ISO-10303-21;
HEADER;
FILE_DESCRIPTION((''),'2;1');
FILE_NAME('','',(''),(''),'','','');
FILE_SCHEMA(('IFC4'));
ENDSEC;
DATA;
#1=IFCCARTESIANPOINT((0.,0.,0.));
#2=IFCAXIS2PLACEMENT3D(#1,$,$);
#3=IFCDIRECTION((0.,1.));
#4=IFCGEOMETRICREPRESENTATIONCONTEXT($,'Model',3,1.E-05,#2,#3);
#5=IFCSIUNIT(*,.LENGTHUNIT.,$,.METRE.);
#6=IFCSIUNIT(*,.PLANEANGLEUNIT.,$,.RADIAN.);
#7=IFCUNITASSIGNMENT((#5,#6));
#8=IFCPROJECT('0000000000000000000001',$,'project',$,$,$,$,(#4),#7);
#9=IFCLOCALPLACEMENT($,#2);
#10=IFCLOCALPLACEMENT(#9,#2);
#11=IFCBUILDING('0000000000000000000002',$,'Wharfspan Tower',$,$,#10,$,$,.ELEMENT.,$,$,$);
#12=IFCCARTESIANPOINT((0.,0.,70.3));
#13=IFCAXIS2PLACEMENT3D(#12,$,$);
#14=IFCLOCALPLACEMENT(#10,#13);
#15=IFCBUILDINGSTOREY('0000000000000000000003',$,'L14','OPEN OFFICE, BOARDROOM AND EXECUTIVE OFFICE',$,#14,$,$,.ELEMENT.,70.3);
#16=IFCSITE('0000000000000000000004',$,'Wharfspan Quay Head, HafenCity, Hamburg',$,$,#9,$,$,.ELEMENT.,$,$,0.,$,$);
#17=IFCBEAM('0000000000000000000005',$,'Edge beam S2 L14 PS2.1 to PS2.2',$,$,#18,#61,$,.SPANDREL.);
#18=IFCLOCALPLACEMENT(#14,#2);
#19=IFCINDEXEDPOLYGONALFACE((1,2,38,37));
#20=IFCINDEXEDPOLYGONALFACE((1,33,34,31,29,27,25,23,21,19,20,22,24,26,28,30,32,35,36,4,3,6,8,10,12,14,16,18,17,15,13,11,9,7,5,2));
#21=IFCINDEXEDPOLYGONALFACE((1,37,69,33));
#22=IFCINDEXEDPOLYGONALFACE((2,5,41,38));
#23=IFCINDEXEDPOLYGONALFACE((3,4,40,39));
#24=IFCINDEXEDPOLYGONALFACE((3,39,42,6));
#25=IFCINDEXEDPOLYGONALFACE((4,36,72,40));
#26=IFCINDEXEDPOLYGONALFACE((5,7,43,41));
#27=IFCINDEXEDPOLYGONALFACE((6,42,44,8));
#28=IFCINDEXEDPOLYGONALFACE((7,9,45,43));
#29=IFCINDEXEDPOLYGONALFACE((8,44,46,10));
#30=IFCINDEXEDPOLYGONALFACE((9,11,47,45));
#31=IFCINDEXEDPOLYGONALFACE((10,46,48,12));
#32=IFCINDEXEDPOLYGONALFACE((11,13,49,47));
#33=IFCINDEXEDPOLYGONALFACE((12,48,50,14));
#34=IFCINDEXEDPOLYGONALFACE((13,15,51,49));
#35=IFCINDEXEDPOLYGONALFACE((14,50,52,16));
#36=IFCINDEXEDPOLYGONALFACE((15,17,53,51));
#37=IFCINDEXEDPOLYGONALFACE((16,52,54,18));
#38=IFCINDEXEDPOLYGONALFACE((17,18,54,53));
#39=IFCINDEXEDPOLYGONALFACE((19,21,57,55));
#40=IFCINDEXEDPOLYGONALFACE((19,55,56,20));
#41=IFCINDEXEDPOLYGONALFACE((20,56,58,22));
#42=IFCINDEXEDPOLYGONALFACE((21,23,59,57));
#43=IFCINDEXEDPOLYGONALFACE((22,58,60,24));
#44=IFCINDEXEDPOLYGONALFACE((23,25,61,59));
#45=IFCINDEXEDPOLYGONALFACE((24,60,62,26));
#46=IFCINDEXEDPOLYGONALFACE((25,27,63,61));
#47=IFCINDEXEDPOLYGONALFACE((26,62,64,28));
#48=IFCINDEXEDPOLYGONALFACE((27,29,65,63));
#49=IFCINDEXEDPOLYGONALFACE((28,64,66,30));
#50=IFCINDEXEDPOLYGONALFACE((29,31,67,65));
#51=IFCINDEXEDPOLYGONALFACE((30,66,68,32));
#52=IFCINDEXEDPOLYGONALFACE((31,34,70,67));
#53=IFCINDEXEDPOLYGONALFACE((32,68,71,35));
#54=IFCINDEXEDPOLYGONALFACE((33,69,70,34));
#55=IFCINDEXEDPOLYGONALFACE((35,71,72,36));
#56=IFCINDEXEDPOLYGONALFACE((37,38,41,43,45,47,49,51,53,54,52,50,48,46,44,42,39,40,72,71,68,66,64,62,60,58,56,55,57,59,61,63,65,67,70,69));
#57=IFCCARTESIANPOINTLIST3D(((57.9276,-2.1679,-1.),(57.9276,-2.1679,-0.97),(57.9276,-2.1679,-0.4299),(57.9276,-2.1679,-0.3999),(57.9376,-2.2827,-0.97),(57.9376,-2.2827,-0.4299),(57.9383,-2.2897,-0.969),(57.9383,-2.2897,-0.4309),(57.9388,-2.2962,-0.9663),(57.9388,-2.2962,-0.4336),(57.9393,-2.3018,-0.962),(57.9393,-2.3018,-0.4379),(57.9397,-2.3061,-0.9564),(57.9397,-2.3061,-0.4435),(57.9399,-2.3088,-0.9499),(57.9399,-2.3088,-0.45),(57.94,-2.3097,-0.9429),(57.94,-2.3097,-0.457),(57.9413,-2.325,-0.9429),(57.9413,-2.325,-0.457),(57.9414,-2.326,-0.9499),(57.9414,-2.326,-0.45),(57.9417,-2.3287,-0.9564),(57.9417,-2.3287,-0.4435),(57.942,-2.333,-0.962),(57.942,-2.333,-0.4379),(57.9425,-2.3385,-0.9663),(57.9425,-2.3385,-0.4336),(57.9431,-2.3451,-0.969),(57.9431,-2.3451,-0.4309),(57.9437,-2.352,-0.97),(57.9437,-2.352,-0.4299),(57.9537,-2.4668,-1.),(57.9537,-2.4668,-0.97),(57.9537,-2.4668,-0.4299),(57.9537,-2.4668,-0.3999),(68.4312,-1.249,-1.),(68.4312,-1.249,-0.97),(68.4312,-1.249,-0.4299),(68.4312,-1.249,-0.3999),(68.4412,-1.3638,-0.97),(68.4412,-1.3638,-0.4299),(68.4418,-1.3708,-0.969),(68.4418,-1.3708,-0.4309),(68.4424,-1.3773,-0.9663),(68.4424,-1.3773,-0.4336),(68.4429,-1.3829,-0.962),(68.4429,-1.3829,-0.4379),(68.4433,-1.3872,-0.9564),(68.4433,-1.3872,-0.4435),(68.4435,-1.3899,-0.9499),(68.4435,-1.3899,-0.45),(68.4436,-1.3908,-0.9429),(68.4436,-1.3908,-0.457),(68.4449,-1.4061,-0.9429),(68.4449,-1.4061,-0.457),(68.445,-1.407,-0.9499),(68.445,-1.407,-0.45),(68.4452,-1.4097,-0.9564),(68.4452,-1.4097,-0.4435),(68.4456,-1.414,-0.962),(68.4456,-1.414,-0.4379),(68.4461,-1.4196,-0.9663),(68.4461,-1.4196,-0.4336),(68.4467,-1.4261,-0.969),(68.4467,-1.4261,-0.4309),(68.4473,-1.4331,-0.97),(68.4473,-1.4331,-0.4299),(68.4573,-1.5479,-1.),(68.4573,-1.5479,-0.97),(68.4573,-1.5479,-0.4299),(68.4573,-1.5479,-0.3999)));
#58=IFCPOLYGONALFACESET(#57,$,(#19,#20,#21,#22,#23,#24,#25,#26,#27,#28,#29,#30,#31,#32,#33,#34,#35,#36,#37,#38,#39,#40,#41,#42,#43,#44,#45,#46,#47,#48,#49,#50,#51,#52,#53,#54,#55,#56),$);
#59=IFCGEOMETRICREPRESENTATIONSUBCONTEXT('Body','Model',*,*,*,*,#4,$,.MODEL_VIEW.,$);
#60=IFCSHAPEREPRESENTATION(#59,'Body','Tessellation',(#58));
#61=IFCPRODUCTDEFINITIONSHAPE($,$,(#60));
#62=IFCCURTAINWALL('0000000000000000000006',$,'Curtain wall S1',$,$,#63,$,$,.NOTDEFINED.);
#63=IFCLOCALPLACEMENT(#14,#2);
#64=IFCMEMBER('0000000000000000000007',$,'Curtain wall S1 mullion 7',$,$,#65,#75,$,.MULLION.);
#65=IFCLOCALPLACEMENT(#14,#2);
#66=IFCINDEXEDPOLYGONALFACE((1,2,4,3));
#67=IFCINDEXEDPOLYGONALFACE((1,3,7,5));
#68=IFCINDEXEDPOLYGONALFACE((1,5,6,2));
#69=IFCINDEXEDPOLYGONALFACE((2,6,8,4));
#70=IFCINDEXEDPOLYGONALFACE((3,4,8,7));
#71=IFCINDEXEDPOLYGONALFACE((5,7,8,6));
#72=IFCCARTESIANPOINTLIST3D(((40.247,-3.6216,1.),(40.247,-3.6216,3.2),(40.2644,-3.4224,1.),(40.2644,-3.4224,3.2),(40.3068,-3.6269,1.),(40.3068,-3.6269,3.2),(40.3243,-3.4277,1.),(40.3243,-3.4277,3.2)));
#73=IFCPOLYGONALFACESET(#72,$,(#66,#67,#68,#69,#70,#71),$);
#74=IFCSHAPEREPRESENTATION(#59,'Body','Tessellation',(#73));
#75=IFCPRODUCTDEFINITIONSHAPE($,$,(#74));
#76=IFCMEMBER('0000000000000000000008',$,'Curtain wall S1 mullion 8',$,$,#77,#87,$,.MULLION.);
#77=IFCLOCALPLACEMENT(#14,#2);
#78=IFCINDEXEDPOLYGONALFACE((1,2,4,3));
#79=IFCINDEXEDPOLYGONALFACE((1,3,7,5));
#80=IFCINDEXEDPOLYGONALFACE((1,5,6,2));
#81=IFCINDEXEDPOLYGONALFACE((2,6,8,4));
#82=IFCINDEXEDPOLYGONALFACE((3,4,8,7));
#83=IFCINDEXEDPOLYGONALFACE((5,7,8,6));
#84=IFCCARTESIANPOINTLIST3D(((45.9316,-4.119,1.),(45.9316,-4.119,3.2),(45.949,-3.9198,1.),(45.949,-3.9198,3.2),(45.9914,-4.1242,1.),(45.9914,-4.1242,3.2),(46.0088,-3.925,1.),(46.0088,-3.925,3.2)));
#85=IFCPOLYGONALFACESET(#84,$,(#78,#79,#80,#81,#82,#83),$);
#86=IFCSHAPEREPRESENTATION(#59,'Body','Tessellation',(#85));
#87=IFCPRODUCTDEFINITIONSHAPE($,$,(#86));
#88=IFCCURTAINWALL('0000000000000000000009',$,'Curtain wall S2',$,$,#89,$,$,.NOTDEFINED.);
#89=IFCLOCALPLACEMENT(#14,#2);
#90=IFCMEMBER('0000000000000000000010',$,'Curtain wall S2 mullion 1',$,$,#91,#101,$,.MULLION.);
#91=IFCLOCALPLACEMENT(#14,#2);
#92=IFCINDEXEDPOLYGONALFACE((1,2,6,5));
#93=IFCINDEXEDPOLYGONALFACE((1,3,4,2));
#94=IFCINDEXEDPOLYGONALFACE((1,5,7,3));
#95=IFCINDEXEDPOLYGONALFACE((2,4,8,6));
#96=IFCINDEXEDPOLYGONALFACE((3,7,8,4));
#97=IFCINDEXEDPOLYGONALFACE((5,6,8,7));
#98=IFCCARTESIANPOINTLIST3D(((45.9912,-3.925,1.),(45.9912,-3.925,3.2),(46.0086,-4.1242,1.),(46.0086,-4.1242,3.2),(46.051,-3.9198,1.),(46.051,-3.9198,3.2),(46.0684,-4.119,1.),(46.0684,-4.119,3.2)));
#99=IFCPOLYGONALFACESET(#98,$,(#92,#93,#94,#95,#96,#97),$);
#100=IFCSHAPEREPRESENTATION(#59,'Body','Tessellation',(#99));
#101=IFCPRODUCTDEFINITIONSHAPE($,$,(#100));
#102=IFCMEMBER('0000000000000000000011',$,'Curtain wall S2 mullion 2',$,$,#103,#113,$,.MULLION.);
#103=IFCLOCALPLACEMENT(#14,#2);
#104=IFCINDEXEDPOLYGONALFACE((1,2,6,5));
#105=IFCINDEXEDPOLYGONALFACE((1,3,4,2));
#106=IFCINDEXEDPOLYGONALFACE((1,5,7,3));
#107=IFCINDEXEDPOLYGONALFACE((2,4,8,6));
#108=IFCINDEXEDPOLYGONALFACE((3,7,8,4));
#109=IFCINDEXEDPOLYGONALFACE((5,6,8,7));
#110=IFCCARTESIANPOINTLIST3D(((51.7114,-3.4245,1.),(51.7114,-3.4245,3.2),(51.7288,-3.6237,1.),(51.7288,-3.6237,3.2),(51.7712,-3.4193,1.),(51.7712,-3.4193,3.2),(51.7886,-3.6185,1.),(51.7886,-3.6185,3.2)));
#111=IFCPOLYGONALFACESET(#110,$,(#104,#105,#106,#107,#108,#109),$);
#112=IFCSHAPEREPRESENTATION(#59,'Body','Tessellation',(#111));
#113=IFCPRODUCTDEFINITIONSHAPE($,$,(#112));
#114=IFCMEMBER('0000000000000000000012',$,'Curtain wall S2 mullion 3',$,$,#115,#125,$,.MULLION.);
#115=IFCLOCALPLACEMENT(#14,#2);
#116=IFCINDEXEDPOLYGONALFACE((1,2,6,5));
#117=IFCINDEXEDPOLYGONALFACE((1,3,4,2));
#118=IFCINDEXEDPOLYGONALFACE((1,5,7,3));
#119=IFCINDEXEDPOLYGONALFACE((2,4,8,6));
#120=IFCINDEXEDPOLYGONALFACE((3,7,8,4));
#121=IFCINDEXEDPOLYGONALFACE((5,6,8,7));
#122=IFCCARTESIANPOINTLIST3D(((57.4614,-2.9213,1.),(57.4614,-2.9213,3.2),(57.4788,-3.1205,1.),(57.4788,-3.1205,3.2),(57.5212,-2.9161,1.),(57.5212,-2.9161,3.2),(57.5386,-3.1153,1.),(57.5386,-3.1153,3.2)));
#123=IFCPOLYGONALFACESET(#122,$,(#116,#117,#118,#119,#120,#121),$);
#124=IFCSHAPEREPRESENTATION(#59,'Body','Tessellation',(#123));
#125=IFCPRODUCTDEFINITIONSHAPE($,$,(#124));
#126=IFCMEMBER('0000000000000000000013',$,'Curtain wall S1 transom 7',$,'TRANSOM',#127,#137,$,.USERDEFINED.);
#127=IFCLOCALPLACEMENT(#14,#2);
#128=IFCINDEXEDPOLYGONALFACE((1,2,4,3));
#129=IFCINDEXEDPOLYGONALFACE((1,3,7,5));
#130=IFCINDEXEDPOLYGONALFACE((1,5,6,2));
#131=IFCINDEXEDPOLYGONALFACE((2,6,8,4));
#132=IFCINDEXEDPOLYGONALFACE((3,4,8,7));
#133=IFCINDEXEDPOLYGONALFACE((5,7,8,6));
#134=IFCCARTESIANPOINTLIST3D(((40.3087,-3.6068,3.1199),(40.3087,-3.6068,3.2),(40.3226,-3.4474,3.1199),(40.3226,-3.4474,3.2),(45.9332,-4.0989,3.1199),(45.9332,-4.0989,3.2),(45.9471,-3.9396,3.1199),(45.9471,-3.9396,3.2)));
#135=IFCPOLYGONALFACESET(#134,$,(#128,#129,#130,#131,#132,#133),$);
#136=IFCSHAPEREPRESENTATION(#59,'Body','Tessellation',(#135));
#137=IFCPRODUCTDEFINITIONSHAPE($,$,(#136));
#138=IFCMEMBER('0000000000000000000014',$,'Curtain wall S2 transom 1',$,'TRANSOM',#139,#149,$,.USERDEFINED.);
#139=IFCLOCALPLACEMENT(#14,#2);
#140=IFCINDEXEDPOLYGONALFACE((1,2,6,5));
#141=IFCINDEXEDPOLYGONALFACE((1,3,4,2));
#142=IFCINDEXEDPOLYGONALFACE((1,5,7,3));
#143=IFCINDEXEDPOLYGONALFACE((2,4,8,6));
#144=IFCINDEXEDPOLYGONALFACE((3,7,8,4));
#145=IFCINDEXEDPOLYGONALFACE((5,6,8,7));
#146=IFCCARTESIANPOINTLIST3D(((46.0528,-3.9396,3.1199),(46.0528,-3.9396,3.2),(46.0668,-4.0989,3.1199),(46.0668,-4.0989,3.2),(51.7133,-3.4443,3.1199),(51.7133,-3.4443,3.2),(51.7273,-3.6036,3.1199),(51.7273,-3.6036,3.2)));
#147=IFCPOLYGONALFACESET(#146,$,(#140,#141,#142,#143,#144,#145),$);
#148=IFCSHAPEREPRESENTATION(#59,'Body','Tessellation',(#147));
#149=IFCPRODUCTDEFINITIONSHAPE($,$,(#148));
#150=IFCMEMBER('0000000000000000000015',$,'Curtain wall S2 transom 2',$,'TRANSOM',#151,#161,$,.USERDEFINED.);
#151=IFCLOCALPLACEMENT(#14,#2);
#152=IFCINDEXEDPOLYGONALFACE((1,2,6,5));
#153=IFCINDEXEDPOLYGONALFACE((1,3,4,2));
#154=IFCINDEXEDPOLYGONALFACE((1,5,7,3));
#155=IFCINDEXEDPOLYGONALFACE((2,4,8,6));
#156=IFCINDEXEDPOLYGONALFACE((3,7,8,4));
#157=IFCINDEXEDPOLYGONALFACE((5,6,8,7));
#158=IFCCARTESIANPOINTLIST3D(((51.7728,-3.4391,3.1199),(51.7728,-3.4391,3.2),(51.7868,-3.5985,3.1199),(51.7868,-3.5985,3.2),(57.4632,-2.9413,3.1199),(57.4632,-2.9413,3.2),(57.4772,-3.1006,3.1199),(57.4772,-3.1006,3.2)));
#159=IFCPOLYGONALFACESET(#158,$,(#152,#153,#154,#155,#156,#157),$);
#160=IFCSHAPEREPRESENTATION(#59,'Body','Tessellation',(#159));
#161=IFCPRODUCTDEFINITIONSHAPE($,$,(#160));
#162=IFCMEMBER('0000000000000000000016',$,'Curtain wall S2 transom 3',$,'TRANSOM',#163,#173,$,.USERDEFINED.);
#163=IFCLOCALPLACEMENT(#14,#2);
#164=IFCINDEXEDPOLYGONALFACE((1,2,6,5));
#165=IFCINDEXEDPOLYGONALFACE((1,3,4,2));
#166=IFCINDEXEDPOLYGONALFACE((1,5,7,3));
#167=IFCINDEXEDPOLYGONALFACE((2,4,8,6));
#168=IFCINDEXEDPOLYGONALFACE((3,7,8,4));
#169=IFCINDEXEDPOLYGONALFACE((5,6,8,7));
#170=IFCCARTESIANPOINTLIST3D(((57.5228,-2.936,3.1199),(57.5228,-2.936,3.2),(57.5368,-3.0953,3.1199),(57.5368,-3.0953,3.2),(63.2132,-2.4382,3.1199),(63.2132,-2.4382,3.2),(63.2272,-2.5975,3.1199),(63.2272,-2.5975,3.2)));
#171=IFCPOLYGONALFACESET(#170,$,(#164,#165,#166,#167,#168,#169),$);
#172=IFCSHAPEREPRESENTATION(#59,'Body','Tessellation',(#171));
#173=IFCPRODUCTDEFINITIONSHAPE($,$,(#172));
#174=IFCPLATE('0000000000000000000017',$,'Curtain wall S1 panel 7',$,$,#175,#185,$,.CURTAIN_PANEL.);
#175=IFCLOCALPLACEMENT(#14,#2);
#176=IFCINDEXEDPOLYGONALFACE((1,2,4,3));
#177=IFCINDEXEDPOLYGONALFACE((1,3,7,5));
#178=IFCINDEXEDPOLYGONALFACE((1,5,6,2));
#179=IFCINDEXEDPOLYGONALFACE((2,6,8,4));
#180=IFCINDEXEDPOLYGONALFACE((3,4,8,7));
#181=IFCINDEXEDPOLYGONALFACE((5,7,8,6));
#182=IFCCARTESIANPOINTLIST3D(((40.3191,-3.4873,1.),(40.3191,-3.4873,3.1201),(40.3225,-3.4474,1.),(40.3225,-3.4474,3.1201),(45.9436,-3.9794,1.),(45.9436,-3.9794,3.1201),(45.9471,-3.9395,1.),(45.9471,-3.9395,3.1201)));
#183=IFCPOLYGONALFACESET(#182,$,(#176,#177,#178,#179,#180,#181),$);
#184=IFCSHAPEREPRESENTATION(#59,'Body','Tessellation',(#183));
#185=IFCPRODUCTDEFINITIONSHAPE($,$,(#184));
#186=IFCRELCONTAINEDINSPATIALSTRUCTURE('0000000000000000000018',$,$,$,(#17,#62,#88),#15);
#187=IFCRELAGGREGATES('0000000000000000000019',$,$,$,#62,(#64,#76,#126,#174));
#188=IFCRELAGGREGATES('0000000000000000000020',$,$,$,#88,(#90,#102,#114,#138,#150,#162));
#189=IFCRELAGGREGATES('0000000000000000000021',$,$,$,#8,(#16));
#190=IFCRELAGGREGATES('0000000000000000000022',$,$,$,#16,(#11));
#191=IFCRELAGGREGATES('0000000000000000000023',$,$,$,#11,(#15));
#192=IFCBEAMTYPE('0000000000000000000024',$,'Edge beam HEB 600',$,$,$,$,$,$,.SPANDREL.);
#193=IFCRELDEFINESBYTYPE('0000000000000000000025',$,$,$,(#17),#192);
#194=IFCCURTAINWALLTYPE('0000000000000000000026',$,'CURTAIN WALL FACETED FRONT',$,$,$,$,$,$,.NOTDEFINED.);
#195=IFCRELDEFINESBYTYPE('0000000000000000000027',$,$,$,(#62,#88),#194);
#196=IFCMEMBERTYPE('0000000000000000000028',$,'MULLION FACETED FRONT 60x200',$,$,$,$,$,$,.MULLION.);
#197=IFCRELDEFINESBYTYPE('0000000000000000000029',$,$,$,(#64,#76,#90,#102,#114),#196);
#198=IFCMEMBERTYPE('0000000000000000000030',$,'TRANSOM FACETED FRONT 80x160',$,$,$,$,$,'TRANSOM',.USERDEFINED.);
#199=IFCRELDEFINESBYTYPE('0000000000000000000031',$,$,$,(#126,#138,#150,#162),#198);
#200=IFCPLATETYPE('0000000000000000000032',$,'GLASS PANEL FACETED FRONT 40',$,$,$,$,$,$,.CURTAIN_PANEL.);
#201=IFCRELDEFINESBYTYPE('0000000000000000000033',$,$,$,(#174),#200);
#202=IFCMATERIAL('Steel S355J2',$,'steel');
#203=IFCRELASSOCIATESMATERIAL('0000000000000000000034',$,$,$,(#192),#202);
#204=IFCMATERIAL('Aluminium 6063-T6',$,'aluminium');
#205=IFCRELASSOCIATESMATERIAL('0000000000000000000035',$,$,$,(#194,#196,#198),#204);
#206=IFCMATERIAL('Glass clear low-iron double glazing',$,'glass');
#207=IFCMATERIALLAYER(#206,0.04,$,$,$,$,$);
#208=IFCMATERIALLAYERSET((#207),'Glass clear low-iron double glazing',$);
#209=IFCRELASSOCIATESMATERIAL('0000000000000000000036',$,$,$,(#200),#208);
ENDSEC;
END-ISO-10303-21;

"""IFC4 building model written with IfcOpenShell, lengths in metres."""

from ifc_helpers import new_model, si_unit, direction, frame, origin, origin_2d, place, context, subcontext, project, spatial, rectangle, i_section, extrude, material, layer, layer_set, material_profile, profile_set, type_object, element, aggregate, save


model = new_model("IFC4")

# Units and contexts
model_context = context("Model", 3, precision=1e-05, world=origin(), true_north=direction((0.0, 1.0)))
body_context = subcontext(model_context, "Body", "Model", "MODEL_VIEW")
ifc_project = project(units=[si_unit("LENGTHUNIT", "METRE"), si_unit("PLANEANGLEUNIT", "RADIAN")], contexts=[model_context])

# Site, building, storey
site_placement = place(None, origin())
site = spatial("IfcSite", under=ifc_project, at=site_placement, Name="Wharfspan Quay Head, HafenCity, Hamburg", CompositionType="ELEMENT", RefElevation=0.0)
building_placement = place(site_placement, origin())
building = spatial("IfcBuilding", under=site, at=building_placement, Name="Wharfspan Tower", CompositionType="ELEMENT")
storey_placement = place(building_placement, frame((0.0, 0.0, 70.3)))
storey = spatial("IfcBuildingStorey", under=building, at=storey_placement, Name="L14", Description="OPEN OFFICE, BOARDROOM AND EXECUTIVE OFFICE", CompositionType="ELEMENT", Elevation=70.3)

# Shared definitions
ifc_material_1 = material(Name="Steel S355J2", Category="steel")

# Beam
ifc_material_profile_1 = material_profile(ifc_material_1, i_section(OverallWidth=0.3, OverallDepth=0.6001, WebThickness=0.0154, FlangeThickness=0.03, FilletRadius=0.0271, at=origin_2d()))
ifc_profile_set_1 = profile_set([ifc_material_profile_1], Name="Steel S355J2")
beam_type = type_object("IfcBeamType", Name="Edge beam HEB 600", PredefinedType="SPANDREL", material=ifc_profile_set_1)
beam_1_placement = place(storey_placement, frame((57.9407, -2.3174, -0.7), z_axis=(0.996195, 0.087155, 0.0), x_axis=(-0.087155, 0.996195, 0.0)))
element("IfcBeam", 1, at=beam_1_placement, inside=storey, type_object=beam_type, Name="Edge beam S2 L14 PS2.1 to PS2.2", PredefinedType="SPANDREL", context=body_context, shape_type="SweptSolid", body=[
    extrude(i_section(OverallWidth=0.3, OverallDepth=0.6001, WebThickness=0.0154, FlangeThickness=0.03, FilletRadius=0.0271, at=origin_2d()), origin(), (0.0, 0.0, 1.0), 10.5437),
])

# Curtain walls, members
ifc_material_2 = material(Name="Aluminium 6063-T6", Category="aluminium")
curtain_wall_type = type_object("IfcCurtainWallType", Name="CURTAIN WALL FACETED FRONT", PredefinedType="NOTDEFINED", material=ifc_material_2)
curtain_wall_1_placement = place(storey_placement, origin())
curtain_wall_1 = element("IfcCurtainWall", 2, at=curtain_wall_1_placement, inside=storey, type_object=curtain_wall_type, Name="Curtain wall S1", PredefinedType="NOTDEFINED")
ifc_material_profile_2 = material_profile(ifc_material_2, rectangle(XDim=0.2, YDim=0.0601, at=origin_2d()))
ifc_profile_set_2 = profile_set([ifc_material_profile_2], Name="Aluminium 6063-T6")
member_type_1 = type_object("IfcMemberType", Name="MULLION FACETED FRONT 60x200", PredefinedType="MULLION", material=ifc_profile_set_2)
member_1_placement = place(storey_placement, frame((40.2856, -3.5247, 1.0), z_axis=(0.0, 0.0, 1.0), x_axis=(0.087156, 0.996197, 0.0)))
member_1 = element("IfcMember", 3, at=member_1_placement, type_object=member_type_1, Name="Curtain wall S1 mullion 7", PredefinedType="MULLION", context=body_context, shape_type="SweptSolid", body=[
    extrude(rectangle(XDim=0.2, YDim=0.0601, at=origin_2d()), origin(), (0.0, 0.0, 1.0), 2.2),
])
member_2_placement = place(storey_placement, frame((45.9702, -4.022, 1.0), z_axis=(0.0, 0.0, 1.0), x_axis=(0.087156, 0.996197, 0.0)))
member_2 = element("IfcMember", 4, at=member_2_placement, type_object=member_type_1, Name="Curtain wall S1 mullion 8", PredefinedType="MULLION", context=body_context, shape_type="SweptSolid", body=[
    extrude(rectangle(XDim=0.2, YDim=0.0601, at=origin_2d()), origin(), (0.0, 0.0, 1.0), 2.2),
])
curtain_wall_2_placement = place(storey_placement, origin())
curtain_wall_2 = element("IfcCurtainWall", 5, at=curtain_wall_2_placement, inside=storey, type_object=curtain_wall_type, Name="Curtain wall S2", PredefinedType="NOTDEFINED")
member_3_placement = place(storey_placement, frame((46.0298, -4.022, 1.0), z_axis=(0.0, 0.0, 1.0), x_axis=(-0.087156, 0.996197, 0.0)))
member_3 = element("IfcMember", 6, at=member_3_placement, type_object=member_type_1, Name="Curtain wall S2 mullion 1", PredefinedType="MULLION", context=body_context, shape_type="SweptSolid", body=[
    extrude(rectangle(XDim=0.2, YDim=0.0601, at=origin_2d()), origin(), (0.0, 0.0, 1.0), 2.2),
])
member_4_placement = place(storey_placement, frame((51.75, -3.5215, 1.0), z_axis=(0.0, 0.0, 1.0), x_axis=(-0.087156, 0.996197, 0.0)))
member_4 = element("IfcMember", 7, at=member_4_placement, type_object=member_type_1, Name="Curtain wall S2 mullion 2", PredefinedType="MULLION", context=body_context, shape_type="SweptSolid", body=[
    extrude(rectangle(XDim=0.2, YDim=0.0601, at=origin_2d()), origin(), (0.0, 0.0, 1.0), 2.2),
])
member_5_placement = place(storey_placement, frame((57.5, -3.0183, 1.0), z_axis=(0.0, 0.0, 1.0), x_axis=(-0.087156, 0.996197, 0.0)))
member_5 = element("IfcMember", 8, at=member_5_placement, type_object=member_type_1, Name="Curtain wall S2 mullion 3", PredefinedType="MULLION", context=body_context, shape_type="SweptSolid", body=[
    extrude(rectangle(XDim=0.2, YDim=0.0601, at=origin_2d()), origin(), (0.0, 0.0, 1.0), 2.2),
])

# Members
ifc_material_profile_3 = material_profile(ifc_material_2, rectangle(XDim=0.1599, YDim=0.0801, at=origin_2d()))
ifc_profile_set_3 = profile_set([ifc_material_profile_3], Name="Aluminium 6063-T6")
member_type_2 = type_object("IfcMemberType", Name="TRANSOM FACETED FRONT 80x160", ElementType="TRANSOM", PredefinedType="USERDEFINED", material=ifc_profile_set_3)
member_6_placement = place(storey_placement, frame((40.3157, -3.5271, 3.1599), z_axis=(0.996193, -0.087174, 0.0), x_axis=(0.087174, 0.996193, 0.0)))
member_6 = element("IfcMember", 9, at=member_6_placement, type_object=member_type_2, Name="Curtain wall S1 transom 7", ObjectType="TRANSOM", PredefinedType="USERDEFINED", context=body_context, shape_type="SweptSolid", body=[
    extrude(rectangle(XDim=0.1599, YDim=0.0801, at=origin_2d()), origin(), (0.0, 0.0, 1.0), 5.646),
])
member_7_placement = place(storey_placement, frame((46.0598, -4.0193, 3.1599), z_axis=(0.996193, 0.08718, 0.0), x_axis=(-0.08718, 0.996193, 0.0)))
member_7 = element("IfcMember", 10, at=member_7_placement, type_object=member_type_2, Name="Curtain wall S2 transom 1", ObjectType="TRANSOM", PredefinedType="USERDEFINED", context=body_context, shape_type="SweptSolid", body=[
    extrude(rectangle(XDim=0.1599, YDim=0.0801, at=origin_2d()), origin(), (0.0, 0.0, 1.0), 5.6821),
])
member_8_placement = place(storey_placement, frame((51.7798, -3.5188, 3.1599), z_axis=(0.996195, 0.087148, 0.0), x_axis=(-0.087148, 0.996195, 0.0)))
member_8 = element("IfcMember", 11, at=member_8_placement, type_object=member_type_2, Name="Curtain wall S2 transom 2", ObjectType="TRANSOM", PredefinedType="USERDEFINED", context=body_context, shape_type="SweptSolid", body=[
    extrude(rectangle(XDim=0.1599, YDim=0.0801, at=origin_2d()), origin(), (0.0, 0.0, 1.0), 5.7122),
])
member_9_placement = place(storey_placement, frame((57.5298, -3.0156, 3.1599), z_axis=(0.996195, 0.087148, 0.0), x_axis=(-0.087148, 0.996195, 0.0)))
member_9 = element("IfcMember", 12, at=member_9_placement, type_object=member_type_2, Name="Curtain wall S2 transom 3", ObjectType="TRANSOM", PredefinedType="USERDEFINED", context=body_context, shape_type="SweptSolid", body=[
    extrude(rectangle(XDim=0.1599, YDim=0.0801, at=origin_2d()), origin(), (0.0, 0.0, 1.0), 5.7122),
])

# Plate
ifc_material_3 = material(Name="Glass clear low-iron double glazing", Category="glass")
ifc_layer_1 = layer(ifc_material_3, 0.04)
ifc_layer_set_1 = layer_set([ifc_layer_1], Name="Glass clear low-iron double glazing")
plate_type = type_object("IfcPlateType", Name="GLASS PANEL FACETED FRONT 40", PredefinedType="CURTAIN_PANEL", material=ifc_layer_set_1)
plate_1_placement = place(storey_placement, frame((43.1331, -3.7134, 1.0), z_axis=(0.0, 0.0, 1.0), x_axis=(0.996197, -0.087156, 0.0)))
plate_1 = element("IfcPlate", 13, at=plate_1_placement, type_object=plate_type, Name="Curtain wall S1 panel 7", PredefinedType="CURTAIN_PANEL", context=body_context, shape_type="SweptSolid", body=[
    extrude(rectangle(XDim=5.646, YDim=0.04, at=origin_2d()), origin(), (0.0, 0.0, 1.0), 2.1201),
])
aggregate(curtain_wall_1, [member_1, member_2, member_6, plate_1])
aggregate(curtain_wall_2, [member_3, member_4, member_5, member_7, member_8, member_9])

save(model, "model.ifc")
